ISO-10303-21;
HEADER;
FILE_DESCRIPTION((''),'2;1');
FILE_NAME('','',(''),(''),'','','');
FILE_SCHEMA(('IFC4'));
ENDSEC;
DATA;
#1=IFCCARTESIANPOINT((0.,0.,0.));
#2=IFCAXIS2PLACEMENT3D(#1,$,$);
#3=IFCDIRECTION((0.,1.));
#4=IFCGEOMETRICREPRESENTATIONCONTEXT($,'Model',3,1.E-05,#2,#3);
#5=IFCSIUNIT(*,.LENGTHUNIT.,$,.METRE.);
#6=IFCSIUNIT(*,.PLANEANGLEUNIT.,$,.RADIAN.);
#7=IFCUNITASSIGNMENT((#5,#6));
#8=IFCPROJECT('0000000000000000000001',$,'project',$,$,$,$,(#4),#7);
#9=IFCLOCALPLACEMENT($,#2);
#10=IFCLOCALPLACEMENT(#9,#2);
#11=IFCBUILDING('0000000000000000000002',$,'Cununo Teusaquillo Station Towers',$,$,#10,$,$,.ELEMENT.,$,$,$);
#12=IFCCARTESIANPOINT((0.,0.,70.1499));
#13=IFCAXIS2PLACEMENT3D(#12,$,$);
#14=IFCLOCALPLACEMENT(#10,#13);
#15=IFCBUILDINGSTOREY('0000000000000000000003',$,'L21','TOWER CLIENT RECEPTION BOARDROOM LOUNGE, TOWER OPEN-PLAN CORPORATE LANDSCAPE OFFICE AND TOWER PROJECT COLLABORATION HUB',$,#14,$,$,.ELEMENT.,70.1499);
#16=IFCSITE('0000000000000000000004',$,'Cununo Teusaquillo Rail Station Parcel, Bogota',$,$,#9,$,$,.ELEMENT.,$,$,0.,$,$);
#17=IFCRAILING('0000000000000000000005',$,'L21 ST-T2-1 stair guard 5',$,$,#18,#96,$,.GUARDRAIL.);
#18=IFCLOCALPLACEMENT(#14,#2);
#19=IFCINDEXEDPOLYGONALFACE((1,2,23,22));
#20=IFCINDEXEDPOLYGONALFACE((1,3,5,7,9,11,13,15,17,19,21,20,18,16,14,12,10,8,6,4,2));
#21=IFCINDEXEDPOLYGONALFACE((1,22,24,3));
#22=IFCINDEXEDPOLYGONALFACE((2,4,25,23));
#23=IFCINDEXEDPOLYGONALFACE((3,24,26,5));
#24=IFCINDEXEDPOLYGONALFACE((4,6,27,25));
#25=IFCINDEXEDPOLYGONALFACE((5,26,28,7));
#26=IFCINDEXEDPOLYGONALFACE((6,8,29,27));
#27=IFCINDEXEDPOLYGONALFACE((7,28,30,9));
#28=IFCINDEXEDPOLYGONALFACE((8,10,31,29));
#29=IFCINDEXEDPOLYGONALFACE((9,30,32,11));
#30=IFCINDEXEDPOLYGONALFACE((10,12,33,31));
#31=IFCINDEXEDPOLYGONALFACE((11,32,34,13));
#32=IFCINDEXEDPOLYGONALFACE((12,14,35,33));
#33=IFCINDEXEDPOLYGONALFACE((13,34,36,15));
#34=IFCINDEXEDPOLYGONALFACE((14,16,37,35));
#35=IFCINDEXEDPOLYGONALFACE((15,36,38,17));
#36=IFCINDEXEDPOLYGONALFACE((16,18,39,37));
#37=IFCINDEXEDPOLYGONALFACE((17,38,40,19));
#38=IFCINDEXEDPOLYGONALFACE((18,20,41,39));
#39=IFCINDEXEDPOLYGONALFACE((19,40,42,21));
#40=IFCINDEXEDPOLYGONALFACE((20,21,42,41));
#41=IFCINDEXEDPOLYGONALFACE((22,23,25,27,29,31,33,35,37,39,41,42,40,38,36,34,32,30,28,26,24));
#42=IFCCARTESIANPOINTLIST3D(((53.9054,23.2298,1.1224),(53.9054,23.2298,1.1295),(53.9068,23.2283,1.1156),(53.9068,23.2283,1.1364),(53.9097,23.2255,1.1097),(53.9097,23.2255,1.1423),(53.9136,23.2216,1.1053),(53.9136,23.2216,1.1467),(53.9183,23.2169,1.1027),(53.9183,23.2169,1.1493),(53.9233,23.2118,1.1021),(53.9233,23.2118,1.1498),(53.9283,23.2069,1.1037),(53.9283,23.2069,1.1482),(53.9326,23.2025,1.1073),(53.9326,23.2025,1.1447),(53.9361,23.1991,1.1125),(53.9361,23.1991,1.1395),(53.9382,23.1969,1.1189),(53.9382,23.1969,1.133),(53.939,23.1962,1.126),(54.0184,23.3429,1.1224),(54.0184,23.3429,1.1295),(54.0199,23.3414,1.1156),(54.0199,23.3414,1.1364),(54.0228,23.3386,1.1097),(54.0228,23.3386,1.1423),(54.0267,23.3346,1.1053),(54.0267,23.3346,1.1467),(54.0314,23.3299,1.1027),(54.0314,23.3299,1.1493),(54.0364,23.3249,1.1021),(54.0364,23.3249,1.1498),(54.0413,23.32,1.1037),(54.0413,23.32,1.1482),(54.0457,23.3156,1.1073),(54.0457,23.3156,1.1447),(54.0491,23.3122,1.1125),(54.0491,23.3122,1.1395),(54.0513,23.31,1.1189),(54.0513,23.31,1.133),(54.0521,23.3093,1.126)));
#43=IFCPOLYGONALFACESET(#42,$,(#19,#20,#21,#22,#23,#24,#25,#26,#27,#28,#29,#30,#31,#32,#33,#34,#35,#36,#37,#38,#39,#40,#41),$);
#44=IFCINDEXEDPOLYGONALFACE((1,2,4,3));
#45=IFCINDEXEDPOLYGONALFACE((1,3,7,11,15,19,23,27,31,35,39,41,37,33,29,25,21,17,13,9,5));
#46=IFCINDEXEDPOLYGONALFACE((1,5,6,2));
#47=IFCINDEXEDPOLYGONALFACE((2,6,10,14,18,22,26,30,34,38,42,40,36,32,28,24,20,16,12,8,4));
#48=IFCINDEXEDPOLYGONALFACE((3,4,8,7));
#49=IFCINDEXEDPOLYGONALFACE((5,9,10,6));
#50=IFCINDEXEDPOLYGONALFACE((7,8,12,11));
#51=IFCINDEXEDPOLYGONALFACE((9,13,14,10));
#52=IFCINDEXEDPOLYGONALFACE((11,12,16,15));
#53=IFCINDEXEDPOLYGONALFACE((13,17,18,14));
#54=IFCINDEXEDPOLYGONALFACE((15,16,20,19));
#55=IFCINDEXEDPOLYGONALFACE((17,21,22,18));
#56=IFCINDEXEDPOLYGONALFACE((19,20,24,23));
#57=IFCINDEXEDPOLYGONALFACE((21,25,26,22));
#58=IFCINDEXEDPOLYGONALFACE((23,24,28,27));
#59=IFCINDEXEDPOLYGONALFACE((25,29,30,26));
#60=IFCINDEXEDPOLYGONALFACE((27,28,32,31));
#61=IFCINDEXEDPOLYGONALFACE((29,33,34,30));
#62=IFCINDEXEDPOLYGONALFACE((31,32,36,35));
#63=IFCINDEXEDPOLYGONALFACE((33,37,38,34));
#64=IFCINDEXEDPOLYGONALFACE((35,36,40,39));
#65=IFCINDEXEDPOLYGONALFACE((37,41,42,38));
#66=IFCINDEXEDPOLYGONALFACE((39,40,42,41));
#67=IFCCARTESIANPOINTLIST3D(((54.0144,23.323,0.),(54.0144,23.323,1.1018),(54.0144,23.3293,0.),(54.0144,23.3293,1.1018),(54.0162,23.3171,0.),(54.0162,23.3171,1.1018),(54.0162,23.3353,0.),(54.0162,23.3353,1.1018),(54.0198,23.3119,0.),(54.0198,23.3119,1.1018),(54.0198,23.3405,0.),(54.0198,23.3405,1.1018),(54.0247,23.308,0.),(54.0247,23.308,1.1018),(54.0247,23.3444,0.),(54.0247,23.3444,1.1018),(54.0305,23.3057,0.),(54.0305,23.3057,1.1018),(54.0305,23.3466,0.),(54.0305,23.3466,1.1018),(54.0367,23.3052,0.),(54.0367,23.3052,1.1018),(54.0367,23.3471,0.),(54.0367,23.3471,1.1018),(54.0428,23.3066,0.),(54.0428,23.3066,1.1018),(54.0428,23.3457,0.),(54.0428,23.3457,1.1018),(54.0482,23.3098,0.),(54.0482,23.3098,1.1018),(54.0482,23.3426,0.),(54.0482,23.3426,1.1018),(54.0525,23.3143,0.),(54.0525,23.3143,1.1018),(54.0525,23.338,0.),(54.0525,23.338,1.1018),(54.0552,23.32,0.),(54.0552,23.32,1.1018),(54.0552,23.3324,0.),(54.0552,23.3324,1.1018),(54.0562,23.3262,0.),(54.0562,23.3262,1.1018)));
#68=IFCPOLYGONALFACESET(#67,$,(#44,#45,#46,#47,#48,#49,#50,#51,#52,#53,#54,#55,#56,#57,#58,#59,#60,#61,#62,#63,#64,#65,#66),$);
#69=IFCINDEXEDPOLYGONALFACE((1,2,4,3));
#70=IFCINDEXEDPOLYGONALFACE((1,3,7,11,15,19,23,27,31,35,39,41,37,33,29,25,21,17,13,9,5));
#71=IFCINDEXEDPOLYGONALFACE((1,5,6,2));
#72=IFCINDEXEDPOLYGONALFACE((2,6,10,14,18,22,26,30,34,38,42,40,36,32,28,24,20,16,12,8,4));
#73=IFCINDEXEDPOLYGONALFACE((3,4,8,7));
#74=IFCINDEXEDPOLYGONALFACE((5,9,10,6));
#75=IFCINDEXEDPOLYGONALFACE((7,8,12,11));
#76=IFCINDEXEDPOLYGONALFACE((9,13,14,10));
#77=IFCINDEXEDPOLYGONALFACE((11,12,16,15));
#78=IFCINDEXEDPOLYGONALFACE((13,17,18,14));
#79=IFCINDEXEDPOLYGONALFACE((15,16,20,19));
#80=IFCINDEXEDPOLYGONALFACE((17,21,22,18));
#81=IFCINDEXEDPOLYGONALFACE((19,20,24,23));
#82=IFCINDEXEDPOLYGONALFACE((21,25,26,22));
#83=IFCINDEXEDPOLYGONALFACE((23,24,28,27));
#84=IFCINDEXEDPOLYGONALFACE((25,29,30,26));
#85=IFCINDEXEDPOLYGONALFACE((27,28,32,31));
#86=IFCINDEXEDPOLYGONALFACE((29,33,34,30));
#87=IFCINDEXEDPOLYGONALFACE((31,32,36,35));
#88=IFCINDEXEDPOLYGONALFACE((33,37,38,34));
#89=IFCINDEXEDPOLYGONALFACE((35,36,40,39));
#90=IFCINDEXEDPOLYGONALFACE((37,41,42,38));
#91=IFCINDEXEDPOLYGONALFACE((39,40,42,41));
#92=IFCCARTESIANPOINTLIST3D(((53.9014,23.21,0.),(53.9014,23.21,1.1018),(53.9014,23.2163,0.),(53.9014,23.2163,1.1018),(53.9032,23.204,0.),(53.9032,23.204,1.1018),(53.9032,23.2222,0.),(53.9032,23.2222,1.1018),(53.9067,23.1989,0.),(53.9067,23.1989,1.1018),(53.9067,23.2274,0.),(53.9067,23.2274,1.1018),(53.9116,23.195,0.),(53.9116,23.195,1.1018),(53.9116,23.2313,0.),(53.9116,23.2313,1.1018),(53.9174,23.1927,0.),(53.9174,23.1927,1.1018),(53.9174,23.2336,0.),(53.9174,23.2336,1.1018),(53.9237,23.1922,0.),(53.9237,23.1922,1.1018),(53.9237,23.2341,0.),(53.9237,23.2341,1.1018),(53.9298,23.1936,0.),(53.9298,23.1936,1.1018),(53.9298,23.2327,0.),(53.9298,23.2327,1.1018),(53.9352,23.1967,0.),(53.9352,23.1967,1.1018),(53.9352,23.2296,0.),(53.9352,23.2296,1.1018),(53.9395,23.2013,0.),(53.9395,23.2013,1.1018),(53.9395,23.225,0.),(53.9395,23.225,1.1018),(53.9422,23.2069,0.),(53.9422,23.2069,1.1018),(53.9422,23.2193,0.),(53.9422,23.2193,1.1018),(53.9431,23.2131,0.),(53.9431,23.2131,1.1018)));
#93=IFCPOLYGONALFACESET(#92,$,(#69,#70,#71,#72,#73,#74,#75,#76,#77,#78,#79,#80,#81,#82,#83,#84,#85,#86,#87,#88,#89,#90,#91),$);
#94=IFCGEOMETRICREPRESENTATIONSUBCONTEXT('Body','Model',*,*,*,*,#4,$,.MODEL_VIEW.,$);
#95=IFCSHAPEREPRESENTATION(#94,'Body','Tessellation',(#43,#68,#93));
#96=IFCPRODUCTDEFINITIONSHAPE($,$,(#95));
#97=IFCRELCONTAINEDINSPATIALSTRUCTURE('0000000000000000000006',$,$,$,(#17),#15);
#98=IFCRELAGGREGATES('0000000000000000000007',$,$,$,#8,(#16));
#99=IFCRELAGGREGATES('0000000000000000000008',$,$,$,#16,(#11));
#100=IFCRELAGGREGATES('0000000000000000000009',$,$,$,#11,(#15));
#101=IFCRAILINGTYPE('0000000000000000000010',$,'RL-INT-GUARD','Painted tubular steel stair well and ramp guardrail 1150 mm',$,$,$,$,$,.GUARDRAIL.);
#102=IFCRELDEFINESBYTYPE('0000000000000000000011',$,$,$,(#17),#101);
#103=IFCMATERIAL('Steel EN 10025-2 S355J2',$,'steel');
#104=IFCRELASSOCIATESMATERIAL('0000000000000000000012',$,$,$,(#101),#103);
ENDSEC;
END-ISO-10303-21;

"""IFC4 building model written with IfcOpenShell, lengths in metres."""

from ifc_helpers import new_model, si_unit, direction, frame, origin, origin_2d, place, context, subcontext, project, spatial, circle, extrude, material, type_object, element, save


model = new_model("IFC4")

# Units and contexts
model_context = context("Model", 3, precision=1e-05, world=origin(), true_north=direction((0.0, 1.0)))
body_context = subcontext(model_context, "Body", "Model", "MODEL_VIEW")
ifc_project = project(units=[si_unit("LENGTHUNIT", "METRE"), si_unit("PLANEANGLEUNIT", "RADIAN")], contexts=[model_context])

# Site, building, storey
site_placement = place(None, origin())
site = spatial("IfcSite", under=ifc_project, at=site_placement, Name="Cununo Teusaquillo Rail Station Parcel, Bogota", CompositionType="ELEMENT", RefElevation=0.0)
building_placement = place(site_placement, origin())
building = spatial("IfcBuilding", under=site, at=building_placement, Name="Cununo Teusaquillo Station Towers", CompositionType="ELEMENT")
storey_placement = place(building_placement, frame((0.0, 0.0, 70.1499)))
storey = spatial("IfcBuildingStorey", under=building, at=storey_placement, Name="L21", Description="TOWER CLIENT RECEPTION BOARDROOM LOUNGE, TOWER OPEN-PLAN CORPORATE LANDSCAPE OFFICE AND TOWER PROJECT COLLABORATION HUB", CompositionType="ELEMENT", Elevation=70.1499)

# Railing
ifc_material_1 = material(Name="Steel EN 10025-2 S355J2", Category="steel")
railing_type_1 = type_object("IfcRailingType", Name="RL-INT-GUARD", Description="Painted tubular steel stair well and ramp guardrail 1150 mm", PredefinedType="GUARDRAIL", material=ifc_material_1)
railing_1_placement = place(storey_placement, frame((54.0352, 23.3262, 0.0)))
element("IfcRailing", 1, at=railing_1_placement, inside=storey, type_object=railing_type_1, Name="L21 ST-T2-1 stair guard 5", PredefinedType="GUARDRAIL", context=body_context, shape_type="SweptSolid", body=[
    extrude(circle(Radius=0.0239, at=origin_2d()), frame((0.0, 0.0, 1.126), z_axis=(-0.707107, -0.707107, 0.0), x_axis=(0.707107, -0.707107, 0.0)), (0.0, 0.0, 1.0), 0.1599),
    extrude(circle(Radius=0.021, at=origin_2d()), origin(), (0.0, 0.0, 1.0), 1.1018),
    extrude(circle(Radius=0.021, at=origin_2d()), frame((-0.113, -0.113, 0.0)), (0.0, 0.0, 1.0), 1.1018),
])

save(model, "model.ifc")
